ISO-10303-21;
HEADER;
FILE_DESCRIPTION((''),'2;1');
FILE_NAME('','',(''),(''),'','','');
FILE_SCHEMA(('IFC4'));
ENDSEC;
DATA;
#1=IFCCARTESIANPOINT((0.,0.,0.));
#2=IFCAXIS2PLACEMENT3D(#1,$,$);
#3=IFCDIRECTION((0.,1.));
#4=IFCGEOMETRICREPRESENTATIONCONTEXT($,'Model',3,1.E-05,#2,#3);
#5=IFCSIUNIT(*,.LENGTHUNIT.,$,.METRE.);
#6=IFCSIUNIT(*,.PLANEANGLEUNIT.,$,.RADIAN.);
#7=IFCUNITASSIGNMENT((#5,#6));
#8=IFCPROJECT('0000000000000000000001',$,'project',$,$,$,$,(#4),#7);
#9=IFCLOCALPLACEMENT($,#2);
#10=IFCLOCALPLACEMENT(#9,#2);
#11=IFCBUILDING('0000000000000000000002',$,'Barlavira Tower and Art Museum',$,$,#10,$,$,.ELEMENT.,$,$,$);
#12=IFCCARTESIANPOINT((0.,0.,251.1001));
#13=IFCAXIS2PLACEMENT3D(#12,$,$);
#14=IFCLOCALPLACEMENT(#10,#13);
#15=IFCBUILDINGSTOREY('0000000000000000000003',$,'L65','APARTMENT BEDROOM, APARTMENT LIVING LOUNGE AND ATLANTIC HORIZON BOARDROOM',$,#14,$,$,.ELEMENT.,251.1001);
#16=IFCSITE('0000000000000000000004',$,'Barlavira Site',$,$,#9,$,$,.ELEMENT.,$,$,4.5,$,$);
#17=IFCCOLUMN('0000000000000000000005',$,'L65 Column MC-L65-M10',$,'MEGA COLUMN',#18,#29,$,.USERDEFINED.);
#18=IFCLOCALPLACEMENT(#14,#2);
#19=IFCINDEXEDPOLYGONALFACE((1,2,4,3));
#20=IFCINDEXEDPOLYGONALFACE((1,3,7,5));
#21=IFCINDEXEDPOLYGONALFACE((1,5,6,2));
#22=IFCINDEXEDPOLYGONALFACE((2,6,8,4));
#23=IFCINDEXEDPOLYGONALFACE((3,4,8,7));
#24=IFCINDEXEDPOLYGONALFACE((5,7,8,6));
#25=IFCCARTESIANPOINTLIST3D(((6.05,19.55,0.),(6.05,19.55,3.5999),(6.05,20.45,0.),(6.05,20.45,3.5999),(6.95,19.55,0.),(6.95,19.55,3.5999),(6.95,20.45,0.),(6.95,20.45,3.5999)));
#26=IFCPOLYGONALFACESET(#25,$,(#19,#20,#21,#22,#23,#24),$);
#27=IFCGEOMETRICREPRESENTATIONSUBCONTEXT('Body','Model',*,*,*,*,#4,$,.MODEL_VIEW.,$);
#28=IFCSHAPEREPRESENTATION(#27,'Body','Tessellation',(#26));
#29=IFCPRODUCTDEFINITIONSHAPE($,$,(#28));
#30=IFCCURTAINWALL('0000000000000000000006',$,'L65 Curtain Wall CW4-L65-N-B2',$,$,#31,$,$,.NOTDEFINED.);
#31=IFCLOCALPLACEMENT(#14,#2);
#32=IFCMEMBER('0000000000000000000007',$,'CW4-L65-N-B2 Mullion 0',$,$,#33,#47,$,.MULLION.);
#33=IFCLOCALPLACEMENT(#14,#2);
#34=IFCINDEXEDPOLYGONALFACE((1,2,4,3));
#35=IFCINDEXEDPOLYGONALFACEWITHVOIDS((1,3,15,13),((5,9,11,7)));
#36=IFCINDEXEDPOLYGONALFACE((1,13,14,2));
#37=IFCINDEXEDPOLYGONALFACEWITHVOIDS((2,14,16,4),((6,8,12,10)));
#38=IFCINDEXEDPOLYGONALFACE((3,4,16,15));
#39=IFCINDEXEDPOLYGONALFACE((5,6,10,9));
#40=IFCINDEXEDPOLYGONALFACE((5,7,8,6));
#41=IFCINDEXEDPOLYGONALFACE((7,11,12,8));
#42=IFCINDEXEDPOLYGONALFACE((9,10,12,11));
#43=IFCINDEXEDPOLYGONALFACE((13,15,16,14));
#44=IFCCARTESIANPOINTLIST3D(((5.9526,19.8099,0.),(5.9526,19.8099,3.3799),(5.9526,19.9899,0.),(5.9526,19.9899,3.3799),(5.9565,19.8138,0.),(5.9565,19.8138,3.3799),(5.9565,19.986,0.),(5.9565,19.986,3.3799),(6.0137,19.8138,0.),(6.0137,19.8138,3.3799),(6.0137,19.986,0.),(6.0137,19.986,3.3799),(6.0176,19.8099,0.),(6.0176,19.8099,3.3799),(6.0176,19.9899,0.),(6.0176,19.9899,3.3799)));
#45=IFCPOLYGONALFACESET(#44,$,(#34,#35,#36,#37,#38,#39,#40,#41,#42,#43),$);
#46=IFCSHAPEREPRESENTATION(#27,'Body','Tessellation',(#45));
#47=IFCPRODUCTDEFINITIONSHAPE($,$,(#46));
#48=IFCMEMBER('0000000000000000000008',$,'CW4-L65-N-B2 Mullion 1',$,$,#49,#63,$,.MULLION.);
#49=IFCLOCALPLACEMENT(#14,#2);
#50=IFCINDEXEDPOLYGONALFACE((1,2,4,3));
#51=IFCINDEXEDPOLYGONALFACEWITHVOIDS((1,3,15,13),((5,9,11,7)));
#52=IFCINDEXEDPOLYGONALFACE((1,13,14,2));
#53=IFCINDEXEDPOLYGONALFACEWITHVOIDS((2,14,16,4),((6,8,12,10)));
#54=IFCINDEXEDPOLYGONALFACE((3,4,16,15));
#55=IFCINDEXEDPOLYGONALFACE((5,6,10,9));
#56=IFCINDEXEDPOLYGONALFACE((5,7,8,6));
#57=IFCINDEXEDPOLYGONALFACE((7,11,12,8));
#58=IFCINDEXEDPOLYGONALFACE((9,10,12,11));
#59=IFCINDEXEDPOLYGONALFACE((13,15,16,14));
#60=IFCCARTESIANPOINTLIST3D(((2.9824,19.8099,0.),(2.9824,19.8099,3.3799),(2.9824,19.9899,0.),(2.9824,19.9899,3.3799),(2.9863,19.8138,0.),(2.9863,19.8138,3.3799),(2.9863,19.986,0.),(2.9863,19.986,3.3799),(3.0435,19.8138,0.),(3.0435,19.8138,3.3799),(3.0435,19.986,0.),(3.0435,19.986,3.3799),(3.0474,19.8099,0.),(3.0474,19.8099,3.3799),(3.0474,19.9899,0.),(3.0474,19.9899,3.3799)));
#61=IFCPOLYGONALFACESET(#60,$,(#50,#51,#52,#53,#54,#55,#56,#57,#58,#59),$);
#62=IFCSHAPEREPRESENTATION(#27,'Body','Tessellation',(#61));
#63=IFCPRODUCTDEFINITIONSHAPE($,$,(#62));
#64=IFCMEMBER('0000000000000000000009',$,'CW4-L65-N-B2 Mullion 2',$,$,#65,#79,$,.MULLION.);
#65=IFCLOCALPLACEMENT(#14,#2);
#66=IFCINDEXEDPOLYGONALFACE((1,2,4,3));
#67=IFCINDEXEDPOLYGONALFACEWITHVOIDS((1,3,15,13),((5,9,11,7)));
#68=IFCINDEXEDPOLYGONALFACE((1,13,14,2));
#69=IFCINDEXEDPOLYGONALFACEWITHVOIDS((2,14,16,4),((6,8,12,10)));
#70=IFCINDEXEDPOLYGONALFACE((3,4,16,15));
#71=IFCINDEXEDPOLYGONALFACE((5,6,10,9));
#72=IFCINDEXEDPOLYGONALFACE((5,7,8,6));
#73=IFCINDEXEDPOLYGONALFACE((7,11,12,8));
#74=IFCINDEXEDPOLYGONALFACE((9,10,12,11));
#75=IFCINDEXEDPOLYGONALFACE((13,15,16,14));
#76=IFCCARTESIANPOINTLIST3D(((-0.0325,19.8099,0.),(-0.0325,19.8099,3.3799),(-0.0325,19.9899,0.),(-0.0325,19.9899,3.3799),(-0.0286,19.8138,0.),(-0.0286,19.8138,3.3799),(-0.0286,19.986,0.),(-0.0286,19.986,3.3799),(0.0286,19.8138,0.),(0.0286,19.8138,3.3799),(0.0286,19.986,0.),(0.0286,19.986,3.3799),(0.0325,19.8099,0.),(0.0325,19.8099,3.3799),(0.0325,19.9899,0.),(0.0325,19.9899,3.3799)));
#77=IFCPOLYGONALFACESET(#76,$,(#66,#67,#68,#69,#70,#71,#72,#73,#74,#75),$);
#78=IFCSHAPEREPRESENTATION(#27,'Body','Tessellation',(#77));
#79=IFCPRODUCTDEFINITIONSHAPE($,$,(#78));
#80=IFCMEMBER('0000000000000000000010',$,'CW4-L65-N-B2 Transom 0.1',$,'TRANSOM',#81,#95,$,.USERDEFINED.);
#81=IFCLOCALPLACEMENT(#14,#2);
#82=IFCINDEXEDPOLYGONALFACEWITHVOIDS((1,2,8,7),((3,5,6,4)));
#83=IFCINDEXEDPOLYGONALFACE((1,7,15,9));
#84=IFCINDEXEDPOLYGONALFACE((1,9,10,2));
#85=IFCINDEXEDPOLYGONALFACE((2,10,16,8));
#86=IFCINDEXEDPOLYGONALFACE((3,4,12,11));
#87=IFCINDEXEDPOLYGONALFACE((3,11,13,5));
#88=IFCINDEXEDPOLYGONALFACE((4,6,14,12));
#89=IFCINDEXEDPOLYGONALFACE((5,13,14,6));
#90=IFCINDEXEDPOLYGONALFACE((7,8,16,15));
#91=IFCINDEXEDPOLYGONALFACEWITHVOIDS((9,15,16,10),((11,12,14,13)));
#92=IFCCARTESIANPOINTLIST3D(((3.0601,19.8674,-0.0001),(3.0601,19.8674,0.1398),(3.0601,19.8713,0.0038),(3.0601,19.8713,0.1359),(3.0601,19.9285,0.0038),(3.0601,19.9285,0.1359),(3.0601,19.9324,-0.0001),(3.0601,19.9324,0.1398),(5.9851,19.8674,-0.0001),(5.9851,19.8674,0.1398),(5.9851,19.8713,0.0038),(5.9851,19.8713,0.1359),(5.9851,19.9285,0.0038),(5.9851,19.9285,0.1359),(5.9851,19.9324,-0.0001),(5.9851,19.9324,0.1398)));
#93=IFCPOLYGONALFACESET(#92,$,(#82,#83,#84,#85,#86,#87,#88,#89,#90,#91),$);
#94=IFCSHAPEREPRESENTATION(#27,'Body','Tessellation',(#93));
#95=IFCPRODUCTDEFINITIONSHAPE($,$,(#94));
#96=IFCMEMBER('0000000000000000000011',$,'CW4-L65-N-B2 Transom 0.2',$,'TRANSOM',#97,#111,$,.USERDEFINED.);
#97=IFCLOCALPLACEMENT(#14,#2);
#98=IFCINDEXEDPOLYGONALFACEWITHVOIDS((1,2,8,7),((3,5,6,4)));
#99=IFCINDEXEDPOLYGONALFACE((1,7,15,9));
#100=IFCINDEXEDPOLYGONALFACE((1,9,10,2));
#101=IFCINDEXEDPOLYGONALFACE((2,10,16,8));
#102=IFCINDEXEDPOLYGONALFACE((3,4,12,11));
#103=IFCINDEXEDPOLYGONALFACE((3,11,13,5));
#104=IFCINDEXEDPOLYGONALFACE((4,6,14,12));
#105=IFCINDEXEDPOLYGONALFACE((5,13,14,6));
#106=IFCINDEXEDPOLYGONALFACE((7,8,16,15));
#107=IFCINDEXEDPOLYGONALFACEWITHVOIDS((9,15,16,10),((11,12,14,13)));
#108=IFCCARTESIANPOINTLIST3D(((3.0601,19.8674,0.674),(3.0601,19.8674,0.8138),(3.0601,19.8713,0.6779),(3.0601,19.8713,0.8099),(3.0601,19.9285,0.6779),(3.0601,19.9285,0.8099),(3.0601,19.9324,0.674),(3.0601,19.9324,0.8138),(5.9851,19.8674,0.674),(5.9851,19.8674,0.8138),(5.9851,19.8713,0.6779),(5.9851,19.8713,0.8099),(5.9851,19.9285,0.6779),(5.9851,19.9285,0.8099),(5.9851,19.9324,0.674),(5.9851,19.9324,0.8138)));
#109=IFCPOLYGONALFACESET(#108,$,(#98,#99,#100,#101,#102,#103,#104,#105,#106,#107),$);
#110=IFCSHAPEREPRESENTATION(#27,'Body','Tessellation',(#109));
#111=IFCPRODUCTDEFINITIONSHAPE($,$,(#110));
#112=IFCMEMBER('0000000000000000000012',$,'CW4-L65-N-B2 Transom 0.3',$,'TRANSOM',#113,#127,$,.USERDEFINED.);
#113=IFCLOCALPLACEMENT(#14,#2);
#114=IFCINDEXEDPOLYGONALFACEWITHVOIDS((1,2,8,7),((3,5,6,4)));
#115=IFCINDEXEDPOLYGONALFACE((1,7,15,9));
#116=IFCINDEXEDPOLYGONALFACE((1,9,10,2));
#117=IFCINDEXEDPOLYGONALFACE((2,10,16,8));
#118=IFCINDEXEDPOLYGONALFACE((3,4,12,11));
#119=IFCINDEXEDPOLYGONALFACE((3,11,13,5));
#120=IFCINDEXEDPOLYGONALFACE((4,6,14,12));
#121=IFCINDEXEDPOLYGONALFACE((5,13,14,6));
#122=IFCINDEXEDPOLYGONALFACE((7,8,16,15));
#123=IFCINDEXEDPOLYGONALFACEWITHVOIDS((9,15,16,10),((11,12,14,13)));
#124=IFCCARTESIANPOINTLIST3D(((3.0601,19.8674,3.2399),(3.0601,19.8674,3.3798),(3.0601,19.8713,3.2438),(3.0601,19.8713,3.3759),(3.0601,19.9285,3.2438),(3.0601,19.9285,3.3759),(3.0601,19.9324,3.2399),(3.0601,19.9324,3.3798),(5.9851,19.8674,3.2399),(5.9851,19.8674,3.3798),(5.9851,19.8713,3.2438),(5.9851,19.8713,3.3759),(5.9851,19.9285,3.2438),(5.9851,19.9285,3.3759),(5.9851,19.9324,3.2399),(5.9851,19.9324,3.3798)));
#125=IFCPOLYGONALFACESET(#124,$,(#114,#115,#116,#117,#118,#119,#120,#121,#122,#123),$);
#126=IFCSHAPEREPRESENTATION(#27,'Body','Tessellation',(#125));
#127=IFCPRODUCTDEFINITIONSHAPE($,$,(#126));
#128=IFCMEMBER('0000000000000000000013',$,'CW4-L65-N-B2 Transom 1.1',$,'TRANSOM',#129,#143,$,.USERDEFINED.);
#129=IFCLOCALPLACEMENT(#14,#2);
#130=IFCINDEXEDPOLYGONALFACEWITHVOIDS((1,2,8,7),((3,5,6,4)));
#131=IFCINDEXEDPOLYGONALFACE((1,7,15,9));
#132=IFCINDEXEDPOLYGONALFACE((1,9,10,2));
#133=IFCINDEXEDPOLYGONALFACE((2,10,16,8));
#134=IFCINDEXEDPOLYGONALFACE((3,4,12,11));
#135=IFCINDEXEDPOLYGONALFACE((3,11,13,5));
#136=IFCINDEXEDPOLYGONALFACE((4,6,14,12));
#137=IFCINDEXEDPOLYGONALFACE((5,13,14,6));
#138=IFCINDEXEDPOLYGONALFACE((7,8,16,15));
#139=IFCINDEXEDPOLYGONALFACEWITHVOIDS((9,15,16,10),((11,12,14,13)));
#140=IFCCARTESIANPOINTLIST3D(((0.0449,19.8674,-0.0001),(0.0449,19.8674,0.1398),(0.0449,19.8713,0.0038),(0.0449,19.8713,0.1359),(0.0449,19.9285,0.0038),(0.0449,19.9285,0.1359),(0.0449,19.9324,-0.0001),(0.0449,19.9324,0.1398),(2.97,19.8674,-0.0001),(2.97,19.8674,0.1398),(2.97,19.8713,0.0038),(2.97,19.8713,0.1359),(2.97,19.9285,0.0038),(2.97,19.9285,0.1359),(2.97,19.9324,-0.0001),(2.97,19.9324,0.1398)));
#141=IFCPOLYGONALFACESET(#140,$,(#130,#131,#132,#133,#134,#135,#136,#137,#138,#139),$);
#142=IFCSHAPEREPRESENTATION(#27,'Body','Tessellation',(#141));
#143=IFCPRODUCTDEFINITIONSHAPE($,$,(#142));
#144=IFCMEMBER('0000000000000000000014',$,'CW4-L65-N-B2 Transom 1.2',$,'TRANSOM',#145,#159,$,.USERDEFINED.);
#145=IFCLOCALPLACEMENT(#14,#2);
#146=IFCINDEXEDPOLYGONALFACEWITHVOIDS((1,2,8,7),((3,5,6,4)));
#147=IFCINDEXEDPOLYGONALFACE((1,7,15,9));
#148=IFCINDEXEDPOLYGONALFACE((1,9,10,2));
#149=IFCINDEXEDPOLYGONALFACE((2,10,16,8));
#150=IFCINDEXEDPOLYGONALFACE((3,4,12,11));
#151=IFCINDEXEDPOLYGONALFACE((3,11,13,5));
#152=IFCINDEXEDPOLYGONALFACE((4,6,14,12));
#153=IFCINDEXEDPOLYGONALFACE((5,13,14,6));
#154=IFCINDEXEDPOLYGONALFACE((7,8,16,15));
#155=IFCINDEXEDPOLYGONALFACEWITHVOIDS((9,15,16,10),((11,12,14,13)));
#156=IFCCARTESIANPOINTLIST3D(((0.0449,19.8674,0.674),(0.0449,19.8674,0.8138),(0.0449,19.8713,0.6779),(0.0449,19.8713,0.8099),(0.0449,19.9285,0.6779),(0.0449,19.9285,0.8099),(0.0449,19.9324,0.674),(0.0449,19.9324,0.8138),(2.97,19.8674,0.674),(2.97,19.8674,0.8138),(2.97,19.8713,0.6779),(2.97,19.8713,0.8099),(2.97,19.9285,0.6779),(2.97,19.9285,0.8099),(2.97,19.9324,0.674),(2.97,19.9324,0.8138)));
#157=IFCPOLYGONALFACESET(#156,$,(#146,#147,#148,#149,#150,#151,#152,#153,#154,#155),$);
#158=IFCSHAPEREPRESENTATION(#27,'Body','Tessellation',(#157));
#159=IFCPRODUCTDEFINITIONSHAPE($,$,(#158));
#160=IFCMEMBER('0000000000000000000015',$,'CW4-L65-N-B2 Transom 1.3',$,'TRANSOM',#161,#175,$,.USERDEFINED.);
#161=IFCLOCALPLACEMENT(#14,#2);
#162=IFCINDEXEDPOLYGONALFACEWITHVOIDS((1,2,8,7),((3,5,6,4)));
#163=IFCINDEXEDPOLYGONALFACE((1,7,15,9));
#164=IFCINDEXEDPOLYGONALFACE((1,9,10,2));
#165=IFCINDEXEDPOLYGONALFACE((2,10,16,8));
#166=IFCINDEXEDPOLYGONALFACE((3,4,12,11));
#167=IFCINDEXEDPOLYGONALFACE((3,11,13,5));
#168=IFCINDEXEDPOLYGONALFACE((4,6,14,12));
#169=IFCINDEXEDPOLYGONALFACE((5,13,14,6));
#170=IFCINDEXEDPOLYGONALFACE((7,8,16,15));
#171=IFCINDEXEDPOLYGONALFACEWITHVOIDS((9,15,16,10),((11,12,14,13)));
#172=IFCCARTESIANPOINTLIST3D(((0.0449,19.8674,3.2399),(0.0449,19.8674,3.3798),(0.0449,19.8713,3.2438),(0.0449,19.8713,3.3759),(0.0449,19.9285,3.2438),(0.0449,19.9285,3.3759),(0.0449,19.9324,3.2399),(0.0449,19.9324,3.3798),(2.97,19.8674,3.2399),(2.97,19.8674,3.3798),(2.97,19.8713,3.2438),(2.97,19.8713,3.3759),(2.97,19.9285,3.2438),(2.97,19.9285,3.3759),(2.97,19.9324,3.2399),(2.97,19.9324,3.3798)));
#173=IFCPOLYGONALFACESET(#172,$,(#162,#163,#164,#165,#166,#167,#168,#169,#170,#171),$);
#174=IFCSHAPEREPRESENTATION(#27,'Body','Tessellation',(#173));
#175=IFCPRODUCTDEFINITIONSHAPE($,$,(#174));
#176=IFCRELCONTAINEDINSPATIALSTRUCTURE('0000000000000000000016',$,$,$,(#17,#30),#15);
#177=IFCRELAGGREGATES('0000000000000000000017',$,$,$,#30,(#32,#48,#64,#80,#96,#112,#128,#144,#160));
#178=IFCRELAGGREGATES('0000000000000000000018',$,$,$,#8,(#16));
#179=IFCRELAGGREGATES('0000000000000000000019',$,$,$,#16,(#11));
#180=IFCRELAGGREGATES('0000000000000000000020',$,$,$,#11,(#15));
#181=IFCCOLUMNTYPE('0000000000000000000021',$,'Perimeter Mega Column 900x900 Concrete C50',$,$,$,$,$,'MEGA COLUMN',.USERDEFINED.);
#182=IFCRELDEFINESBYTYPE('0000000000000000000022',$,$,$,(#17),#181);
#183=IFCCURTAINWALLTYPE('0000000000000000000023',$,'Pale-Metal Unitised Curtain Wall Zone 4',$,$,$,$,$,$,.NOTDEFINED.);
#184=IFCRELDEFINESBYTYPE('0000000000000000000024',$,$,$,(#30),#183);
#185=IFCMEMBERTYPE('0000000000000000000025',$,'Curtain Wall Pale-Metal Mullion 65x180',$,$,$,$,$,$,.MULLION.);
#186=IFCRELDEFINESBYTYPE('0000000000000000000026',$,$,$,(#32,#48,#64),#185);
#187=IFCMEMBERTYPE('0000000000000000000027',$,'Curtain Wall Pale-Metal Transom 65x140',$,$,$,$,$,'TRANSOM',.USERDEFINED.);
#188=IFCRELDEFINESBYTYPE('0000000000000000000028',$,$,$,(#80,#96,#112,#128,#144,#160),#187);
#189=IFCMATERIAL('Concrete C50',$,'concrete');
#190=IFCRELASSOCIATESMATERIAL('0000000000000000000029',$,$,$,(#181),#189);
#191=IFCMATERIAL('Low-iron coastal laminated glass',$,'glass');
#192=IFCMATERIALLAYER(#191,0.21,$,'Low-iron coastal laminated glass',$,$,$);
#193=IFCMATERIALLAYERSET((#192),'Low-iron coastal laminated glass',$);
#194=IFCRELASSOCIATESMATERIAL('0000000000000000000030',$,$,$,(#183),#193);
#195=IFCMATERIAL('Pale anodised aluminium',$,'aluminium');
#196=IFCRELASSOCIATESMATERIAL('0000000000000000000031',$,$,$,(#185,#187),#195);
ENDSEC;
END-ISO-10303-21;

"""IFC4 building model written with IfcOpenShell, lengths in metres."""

from ifc_helpers import new_model, si_unit, direction, frame, origin, origin_2d, place, context, subcontext, project, spatial, rectangle, hollow_rectangle, extrude, material, layer, layer_set, material_profile, profile_set, type_object, element, aggregate, save


model = new_model("IFC4")

# Units and contexts
model_context = context("Model", 3, precision=1e-05, world=origin(), true_north=direction((0.0, 1.0)))
body_context = subcontext(model_context, "Body", "Model", "MODEL_VIEW")
ifc_project = project(units=[si_unit("LENGTHUNIT", "METRE"), si_unit("PLANEANGLEUNIT", "RADIAN")], contexts=[model_context])

# Site, building, storey
site_placement = place(None, origin())
site = spatial("IfcSite", under=ifc_project, at=site_placement, Name="Barlavira Site", CompositionType="ELEMENT", RefElevation=4.5)
building_placement = place(site_placement, origin())
building = spatial("IfcBuilding", under=site, at=building_placement, Name="Barlavira Tower and Art Museum", CompositionType="ELEMENT")
storey_placement = place(building_placement, frame((0.0, 0.0, 251.1001)))
storey = spatial("IfcBuildingStorey", under=building, at=storey_placement, Name="L65", Description="APARTMENT BEDROOM, APARTMENT LIVING LOUNGE AND ATLANTIC HORIZON BOARDROOM", CompositionType="ELEMENT", Elevation=251.1001)

# Column
ifc_material_1 = material(Name="Concrete C50", Category="concrete")
ifc_material_profile_1 = material_profile(ifc_material_1, rectangle(XDim=0.8999, YDim=0.8999, at=origin_2d()), Name="RC-COL 900x900")
ifc_profile_set_1 = profile_set([ifc_material_profile_1], Name="Concrete C50")
column_type = type_object("IfcColumnType", Name="Perimeter Mega Column 900x900 Concrete C50", ElementType="MEGA COLUMN", PredefinedType="USERDEFINED", material=ifc_profile_set_1)
column_placement = place(storey_placement, frame((6.5, 20.0, 0.0), z_axis=(0.0, 0.0, 1.0), x_axis=(1.0, 0.0, 0.0)))
element("IfcColumn", 1, at=column_placement, inside=storey, type_object=column_type, Name="L65 Column MC-L65-M10", ObjectType="MEGA COLUMN", PredefinedType="USERDEFINED", context=body_context, shape_type="SweptSolid", body=[
    extrude(rectangle(XDim=0.8999, YDim=0.8999, at=origin_2d()), origin(), (0.0, 0.0, 1.0), 3.5999),
])

# Curtain wall, members
ifc_material_2 = material(Name="Low-iron coastal laminated glass", Category="glass")
ifc_layer_1 = layer(ifc_material_2, 0.21, Name="Low-iron coastal laminated glass")
ifc_layer_set_1 = layer_set([ifc_layer_1], Name="Low-iron coastal laminated glass")
curtain_wall_type = type_object("IfcCurtainWallType", Name="Pale-Metal Unitised Curtain Wall Zone 4", PredefinedType="NOTDEFINED", material=ifc_layer_set_1)
curtain_wall_placement = place(storey_placement, origin())
curtain_wall = element("IfcCurtainWall", 2, at=curtain_wall_placement, inside=storey, type_object=curtain_wall_type, Name="L65 Curtain Wall CW4-L65-N-B2", PredefinedType="NOTDEFINED")
ifc_material_3 = material(Name="Pale anodised aluminium", Category="aluminium")
ifc_material_profile_2 = material_profile(ifc_material_3, hollow_rectangle(XDim=0.0649, YDim=0.1799, WallThickness=0.0039, at=origin_2d()), Name="ALU-MULL 65x180x4")
ifc_profile_set_2 = profile_set([ifc_material_profile_2], Name="Pale anodised aluminium")
member_type_1 = type_object("IfcMemberType", Name="Curtain Wall Pale-Metal Mullion 65x180", PredefinedType="MULLION", material=ifc_profile_set_2)
member_1_placement = place(storey_placement, frame((5.9851, 19.8999, 0.0), z_axis=(0.0, 0.0, 1.0), x_axis=(-1.0, 0.0, 0.0)))
member_1 = element("IfcMember", 3, at=member_1_placement, type_object=member_type_1, Name="CW4-L65-N-B2 Mullion 0", PredefinedType="MULLION", context=body_context, shape_type="SweptSolid", body=[
    extrude(hollow_rectangle(XDim=0.0649, YDim=0.1799, WallThickness=0.0039, at=origin_2d()), origin(), (0.0, 0.0, 1.0), 3.3799),
])
member_2_placement = place(storey_placement, frame((3.0149, 19.8999, 0.0), z_axis=(0.0, 0.0, 1.0), x_axis=(-1.0, 0.0, 0.0)))
member_2 = element("IfcMember", 4, at=member_2_placement, type_object=member_type_1, Name="CW4-L65-N-B2 Mullion 1", PredefinedType="MULLION", context=body_context, shape_type="SweptSolid", body=[
    extrude(hollow_rectangle(XDim=0.0649, YDim=0.1799, WallThickness=0.0039, at=origin_2d()), origin(), (0.0, 0.0, 1.0), 3.3799),
])
member_3_placement = place(storey_placement, frame((0.0, 19.8999, 0.0), z_axis=(0.0, 0.0, 1.0), x_axis=(-1.0, 0.0, 0.0)))
member_3 = element("IfcMember", 5, at=member_3_placement, type_object=member_type_1, Name="CW4-L65-N-B2 Mullion 2", PredefinedType="MULLION", context=body_context, shape_type="SweptSolid", body=[
    extrude(hollow_rectangle(XDim=0.0649, YDim=0.1799, WallThickness=0.0039, at=origin_2d()), origin(), (0.0, 0.0, 1.0), 3.3799),
])
ifc_material_profile_3 = material_profile(ifc_material_3, hollow_rectangle(XDim=0.0649, YDim=0.1399, WallThickness=0.0039, at=origin_2d()), Name="ALU-TRAN 65x140x4")
ifc_profile_set_3 = profile_set([ifc_material_profile_3], Name="Pale anodised aluminium")
member_type_2 = type_object("IfcMemberType", Name="Curtain Wall Pale-Metal Transom 65x140", ElementType="TRANSOM", PredefinedType="USERDEFINED", material=ifc_profile_set_3)
member_4_placement = place(storey_placement, frame((5.9851, 19.8999, 0.0698), z_axis=(-1.0, 0.0, 0.0), x_axis=(0.0, -1.0, 0.0)))
member_4 = element("IfcMember", 6, at=member_4_placement, type_object=member_type_2, Name="CW4-L65-N-B2 Transom 0.1", ObjectType="TRANSOM", PredefinedType="USERDEFINED", context=body_context, shape_type="SweptSolid", body=[
    extrude(hollow_rectangle(XDim=0.0649, YDim=0.1399, WallThickness=0.0039, at=origin_2d()), origin(), (0.0, 0.0, 1.0), 2.925),
])
member_5_placement = place(storey_placement, frame((5.9851, 19.8999, 0.7439), z_axis=(-1.0, 0.0, 0.0), x_axis=(0.0, -1.0, 0.0)))
member_5 = element("IfcMember", 7, at=member_5_placement, type_object=member_type_2, Name="CW4-L65-N-B2 Transom 0.2", ObjectType="TRANSOM", PredefinedType="USERDEFINED", context=body_context, shape_type="SweptSolid", body=[
    extrude(hollow_rectangle(XDim=0.0649, YDim=0.1399, WallThickness=0.0039, at=origin_2d()), origin(), (0.0, 0.0, 1.0), 2.925),
])
member_6_placement = place(storey_placement, frame((5.9851, 19.8999, 3.3098), z_axis=(-1.0, 0.0, 0.0), x_axis=(0.0, -1.0, 0.0)))
member_6 = element("IfcMember", 8, at=member_6_placement, type_object=member_type_2, Name="CW4-L65-N-B2 Transom 0.3", ObjectType="TRANSOM", PredefinedType="USERDEFINED", context=body_context, shape_type="SweptSolid", body=[
    extrude(hollow_rectangle(XDim=0.0649, YDim=0.1399, WallThickness=0.0039, at=origin_2d()), origin(), (0.0, 0.0, 1.0), 2.925),
])
member_7_placement = place(storey_placement, frame((2.97, 19.8999, 0.0698), z_axis=(-1.0, 0.0, 0.0), x_axis=(0.0, -1.0, 0.0)))
member_7 = element("IfcMember", 9, at=member_7_placement, type_object=member_type_2, Name="CW4-L65-N-B2 Transom 1.1", ObjectType="TRANSOM", PredefinedType="USERDEFINED", context=body_context, shape_type="SweptSolid", body=[
    extrude(hollow_rectangle(XDim=0.0649, YDim=0.1399, WallThickness=0.0039, at=origin_2d()), origin(), (0.0, 0.0, 1.0), 2.925),
])
member_8_placement = place(storey_placement, frame((2.97, 19.8999, 0.7439), z_axis=(-1.0, 0.0, 0.0), x_axis=(0.0, -1.0, 0.0)))
member_8 = element("IfcMember", 10, at=member_8_placement, type_object=member_type_2, Name="CW4-L65-N-B2 Transom 1.2", ObjectType="TRANSOM", PredefinedType="USERDEFINED", context=body_context, shape_type="SweptSolid", body=[
    extrude(hollow_rectangle(XDim=0.0649, YDim=0.1399, WallThickness=0.0039, at=origin_2d()), origin(), (0.0, 0.0, 1.0), 2.925),
])
member_9_placement = place(storey_placement, frame((2.97, 19.8999, 3.3098), z_axis=(-1.0, 0.0, 0.0), x_axis=(0.0, -1.0, 0.0)))
member_9 = element("IfcMember", 11, at=member_9_placement, type_object=member_type_2, Name="CW4-L65-N-B2 Transom 1.3", ObjectType="TRANSOM", PredefinedType="USERDEFINED", context=body_context, shape_type="SweptSolid", body=[
    extrude(hollow_rectangle(XDim=0.0649, YDim=0.1399, WallThickness=0.0039, at=origin_2d()), origin(), (0.0, 0.0, 1.0), 2.925),
])

aggregate(curtain_wall, [member_1, member_2, member_3, member_4, member_5, member_6, member_7, member_8, member_9])

save(model, "model.ifc")
